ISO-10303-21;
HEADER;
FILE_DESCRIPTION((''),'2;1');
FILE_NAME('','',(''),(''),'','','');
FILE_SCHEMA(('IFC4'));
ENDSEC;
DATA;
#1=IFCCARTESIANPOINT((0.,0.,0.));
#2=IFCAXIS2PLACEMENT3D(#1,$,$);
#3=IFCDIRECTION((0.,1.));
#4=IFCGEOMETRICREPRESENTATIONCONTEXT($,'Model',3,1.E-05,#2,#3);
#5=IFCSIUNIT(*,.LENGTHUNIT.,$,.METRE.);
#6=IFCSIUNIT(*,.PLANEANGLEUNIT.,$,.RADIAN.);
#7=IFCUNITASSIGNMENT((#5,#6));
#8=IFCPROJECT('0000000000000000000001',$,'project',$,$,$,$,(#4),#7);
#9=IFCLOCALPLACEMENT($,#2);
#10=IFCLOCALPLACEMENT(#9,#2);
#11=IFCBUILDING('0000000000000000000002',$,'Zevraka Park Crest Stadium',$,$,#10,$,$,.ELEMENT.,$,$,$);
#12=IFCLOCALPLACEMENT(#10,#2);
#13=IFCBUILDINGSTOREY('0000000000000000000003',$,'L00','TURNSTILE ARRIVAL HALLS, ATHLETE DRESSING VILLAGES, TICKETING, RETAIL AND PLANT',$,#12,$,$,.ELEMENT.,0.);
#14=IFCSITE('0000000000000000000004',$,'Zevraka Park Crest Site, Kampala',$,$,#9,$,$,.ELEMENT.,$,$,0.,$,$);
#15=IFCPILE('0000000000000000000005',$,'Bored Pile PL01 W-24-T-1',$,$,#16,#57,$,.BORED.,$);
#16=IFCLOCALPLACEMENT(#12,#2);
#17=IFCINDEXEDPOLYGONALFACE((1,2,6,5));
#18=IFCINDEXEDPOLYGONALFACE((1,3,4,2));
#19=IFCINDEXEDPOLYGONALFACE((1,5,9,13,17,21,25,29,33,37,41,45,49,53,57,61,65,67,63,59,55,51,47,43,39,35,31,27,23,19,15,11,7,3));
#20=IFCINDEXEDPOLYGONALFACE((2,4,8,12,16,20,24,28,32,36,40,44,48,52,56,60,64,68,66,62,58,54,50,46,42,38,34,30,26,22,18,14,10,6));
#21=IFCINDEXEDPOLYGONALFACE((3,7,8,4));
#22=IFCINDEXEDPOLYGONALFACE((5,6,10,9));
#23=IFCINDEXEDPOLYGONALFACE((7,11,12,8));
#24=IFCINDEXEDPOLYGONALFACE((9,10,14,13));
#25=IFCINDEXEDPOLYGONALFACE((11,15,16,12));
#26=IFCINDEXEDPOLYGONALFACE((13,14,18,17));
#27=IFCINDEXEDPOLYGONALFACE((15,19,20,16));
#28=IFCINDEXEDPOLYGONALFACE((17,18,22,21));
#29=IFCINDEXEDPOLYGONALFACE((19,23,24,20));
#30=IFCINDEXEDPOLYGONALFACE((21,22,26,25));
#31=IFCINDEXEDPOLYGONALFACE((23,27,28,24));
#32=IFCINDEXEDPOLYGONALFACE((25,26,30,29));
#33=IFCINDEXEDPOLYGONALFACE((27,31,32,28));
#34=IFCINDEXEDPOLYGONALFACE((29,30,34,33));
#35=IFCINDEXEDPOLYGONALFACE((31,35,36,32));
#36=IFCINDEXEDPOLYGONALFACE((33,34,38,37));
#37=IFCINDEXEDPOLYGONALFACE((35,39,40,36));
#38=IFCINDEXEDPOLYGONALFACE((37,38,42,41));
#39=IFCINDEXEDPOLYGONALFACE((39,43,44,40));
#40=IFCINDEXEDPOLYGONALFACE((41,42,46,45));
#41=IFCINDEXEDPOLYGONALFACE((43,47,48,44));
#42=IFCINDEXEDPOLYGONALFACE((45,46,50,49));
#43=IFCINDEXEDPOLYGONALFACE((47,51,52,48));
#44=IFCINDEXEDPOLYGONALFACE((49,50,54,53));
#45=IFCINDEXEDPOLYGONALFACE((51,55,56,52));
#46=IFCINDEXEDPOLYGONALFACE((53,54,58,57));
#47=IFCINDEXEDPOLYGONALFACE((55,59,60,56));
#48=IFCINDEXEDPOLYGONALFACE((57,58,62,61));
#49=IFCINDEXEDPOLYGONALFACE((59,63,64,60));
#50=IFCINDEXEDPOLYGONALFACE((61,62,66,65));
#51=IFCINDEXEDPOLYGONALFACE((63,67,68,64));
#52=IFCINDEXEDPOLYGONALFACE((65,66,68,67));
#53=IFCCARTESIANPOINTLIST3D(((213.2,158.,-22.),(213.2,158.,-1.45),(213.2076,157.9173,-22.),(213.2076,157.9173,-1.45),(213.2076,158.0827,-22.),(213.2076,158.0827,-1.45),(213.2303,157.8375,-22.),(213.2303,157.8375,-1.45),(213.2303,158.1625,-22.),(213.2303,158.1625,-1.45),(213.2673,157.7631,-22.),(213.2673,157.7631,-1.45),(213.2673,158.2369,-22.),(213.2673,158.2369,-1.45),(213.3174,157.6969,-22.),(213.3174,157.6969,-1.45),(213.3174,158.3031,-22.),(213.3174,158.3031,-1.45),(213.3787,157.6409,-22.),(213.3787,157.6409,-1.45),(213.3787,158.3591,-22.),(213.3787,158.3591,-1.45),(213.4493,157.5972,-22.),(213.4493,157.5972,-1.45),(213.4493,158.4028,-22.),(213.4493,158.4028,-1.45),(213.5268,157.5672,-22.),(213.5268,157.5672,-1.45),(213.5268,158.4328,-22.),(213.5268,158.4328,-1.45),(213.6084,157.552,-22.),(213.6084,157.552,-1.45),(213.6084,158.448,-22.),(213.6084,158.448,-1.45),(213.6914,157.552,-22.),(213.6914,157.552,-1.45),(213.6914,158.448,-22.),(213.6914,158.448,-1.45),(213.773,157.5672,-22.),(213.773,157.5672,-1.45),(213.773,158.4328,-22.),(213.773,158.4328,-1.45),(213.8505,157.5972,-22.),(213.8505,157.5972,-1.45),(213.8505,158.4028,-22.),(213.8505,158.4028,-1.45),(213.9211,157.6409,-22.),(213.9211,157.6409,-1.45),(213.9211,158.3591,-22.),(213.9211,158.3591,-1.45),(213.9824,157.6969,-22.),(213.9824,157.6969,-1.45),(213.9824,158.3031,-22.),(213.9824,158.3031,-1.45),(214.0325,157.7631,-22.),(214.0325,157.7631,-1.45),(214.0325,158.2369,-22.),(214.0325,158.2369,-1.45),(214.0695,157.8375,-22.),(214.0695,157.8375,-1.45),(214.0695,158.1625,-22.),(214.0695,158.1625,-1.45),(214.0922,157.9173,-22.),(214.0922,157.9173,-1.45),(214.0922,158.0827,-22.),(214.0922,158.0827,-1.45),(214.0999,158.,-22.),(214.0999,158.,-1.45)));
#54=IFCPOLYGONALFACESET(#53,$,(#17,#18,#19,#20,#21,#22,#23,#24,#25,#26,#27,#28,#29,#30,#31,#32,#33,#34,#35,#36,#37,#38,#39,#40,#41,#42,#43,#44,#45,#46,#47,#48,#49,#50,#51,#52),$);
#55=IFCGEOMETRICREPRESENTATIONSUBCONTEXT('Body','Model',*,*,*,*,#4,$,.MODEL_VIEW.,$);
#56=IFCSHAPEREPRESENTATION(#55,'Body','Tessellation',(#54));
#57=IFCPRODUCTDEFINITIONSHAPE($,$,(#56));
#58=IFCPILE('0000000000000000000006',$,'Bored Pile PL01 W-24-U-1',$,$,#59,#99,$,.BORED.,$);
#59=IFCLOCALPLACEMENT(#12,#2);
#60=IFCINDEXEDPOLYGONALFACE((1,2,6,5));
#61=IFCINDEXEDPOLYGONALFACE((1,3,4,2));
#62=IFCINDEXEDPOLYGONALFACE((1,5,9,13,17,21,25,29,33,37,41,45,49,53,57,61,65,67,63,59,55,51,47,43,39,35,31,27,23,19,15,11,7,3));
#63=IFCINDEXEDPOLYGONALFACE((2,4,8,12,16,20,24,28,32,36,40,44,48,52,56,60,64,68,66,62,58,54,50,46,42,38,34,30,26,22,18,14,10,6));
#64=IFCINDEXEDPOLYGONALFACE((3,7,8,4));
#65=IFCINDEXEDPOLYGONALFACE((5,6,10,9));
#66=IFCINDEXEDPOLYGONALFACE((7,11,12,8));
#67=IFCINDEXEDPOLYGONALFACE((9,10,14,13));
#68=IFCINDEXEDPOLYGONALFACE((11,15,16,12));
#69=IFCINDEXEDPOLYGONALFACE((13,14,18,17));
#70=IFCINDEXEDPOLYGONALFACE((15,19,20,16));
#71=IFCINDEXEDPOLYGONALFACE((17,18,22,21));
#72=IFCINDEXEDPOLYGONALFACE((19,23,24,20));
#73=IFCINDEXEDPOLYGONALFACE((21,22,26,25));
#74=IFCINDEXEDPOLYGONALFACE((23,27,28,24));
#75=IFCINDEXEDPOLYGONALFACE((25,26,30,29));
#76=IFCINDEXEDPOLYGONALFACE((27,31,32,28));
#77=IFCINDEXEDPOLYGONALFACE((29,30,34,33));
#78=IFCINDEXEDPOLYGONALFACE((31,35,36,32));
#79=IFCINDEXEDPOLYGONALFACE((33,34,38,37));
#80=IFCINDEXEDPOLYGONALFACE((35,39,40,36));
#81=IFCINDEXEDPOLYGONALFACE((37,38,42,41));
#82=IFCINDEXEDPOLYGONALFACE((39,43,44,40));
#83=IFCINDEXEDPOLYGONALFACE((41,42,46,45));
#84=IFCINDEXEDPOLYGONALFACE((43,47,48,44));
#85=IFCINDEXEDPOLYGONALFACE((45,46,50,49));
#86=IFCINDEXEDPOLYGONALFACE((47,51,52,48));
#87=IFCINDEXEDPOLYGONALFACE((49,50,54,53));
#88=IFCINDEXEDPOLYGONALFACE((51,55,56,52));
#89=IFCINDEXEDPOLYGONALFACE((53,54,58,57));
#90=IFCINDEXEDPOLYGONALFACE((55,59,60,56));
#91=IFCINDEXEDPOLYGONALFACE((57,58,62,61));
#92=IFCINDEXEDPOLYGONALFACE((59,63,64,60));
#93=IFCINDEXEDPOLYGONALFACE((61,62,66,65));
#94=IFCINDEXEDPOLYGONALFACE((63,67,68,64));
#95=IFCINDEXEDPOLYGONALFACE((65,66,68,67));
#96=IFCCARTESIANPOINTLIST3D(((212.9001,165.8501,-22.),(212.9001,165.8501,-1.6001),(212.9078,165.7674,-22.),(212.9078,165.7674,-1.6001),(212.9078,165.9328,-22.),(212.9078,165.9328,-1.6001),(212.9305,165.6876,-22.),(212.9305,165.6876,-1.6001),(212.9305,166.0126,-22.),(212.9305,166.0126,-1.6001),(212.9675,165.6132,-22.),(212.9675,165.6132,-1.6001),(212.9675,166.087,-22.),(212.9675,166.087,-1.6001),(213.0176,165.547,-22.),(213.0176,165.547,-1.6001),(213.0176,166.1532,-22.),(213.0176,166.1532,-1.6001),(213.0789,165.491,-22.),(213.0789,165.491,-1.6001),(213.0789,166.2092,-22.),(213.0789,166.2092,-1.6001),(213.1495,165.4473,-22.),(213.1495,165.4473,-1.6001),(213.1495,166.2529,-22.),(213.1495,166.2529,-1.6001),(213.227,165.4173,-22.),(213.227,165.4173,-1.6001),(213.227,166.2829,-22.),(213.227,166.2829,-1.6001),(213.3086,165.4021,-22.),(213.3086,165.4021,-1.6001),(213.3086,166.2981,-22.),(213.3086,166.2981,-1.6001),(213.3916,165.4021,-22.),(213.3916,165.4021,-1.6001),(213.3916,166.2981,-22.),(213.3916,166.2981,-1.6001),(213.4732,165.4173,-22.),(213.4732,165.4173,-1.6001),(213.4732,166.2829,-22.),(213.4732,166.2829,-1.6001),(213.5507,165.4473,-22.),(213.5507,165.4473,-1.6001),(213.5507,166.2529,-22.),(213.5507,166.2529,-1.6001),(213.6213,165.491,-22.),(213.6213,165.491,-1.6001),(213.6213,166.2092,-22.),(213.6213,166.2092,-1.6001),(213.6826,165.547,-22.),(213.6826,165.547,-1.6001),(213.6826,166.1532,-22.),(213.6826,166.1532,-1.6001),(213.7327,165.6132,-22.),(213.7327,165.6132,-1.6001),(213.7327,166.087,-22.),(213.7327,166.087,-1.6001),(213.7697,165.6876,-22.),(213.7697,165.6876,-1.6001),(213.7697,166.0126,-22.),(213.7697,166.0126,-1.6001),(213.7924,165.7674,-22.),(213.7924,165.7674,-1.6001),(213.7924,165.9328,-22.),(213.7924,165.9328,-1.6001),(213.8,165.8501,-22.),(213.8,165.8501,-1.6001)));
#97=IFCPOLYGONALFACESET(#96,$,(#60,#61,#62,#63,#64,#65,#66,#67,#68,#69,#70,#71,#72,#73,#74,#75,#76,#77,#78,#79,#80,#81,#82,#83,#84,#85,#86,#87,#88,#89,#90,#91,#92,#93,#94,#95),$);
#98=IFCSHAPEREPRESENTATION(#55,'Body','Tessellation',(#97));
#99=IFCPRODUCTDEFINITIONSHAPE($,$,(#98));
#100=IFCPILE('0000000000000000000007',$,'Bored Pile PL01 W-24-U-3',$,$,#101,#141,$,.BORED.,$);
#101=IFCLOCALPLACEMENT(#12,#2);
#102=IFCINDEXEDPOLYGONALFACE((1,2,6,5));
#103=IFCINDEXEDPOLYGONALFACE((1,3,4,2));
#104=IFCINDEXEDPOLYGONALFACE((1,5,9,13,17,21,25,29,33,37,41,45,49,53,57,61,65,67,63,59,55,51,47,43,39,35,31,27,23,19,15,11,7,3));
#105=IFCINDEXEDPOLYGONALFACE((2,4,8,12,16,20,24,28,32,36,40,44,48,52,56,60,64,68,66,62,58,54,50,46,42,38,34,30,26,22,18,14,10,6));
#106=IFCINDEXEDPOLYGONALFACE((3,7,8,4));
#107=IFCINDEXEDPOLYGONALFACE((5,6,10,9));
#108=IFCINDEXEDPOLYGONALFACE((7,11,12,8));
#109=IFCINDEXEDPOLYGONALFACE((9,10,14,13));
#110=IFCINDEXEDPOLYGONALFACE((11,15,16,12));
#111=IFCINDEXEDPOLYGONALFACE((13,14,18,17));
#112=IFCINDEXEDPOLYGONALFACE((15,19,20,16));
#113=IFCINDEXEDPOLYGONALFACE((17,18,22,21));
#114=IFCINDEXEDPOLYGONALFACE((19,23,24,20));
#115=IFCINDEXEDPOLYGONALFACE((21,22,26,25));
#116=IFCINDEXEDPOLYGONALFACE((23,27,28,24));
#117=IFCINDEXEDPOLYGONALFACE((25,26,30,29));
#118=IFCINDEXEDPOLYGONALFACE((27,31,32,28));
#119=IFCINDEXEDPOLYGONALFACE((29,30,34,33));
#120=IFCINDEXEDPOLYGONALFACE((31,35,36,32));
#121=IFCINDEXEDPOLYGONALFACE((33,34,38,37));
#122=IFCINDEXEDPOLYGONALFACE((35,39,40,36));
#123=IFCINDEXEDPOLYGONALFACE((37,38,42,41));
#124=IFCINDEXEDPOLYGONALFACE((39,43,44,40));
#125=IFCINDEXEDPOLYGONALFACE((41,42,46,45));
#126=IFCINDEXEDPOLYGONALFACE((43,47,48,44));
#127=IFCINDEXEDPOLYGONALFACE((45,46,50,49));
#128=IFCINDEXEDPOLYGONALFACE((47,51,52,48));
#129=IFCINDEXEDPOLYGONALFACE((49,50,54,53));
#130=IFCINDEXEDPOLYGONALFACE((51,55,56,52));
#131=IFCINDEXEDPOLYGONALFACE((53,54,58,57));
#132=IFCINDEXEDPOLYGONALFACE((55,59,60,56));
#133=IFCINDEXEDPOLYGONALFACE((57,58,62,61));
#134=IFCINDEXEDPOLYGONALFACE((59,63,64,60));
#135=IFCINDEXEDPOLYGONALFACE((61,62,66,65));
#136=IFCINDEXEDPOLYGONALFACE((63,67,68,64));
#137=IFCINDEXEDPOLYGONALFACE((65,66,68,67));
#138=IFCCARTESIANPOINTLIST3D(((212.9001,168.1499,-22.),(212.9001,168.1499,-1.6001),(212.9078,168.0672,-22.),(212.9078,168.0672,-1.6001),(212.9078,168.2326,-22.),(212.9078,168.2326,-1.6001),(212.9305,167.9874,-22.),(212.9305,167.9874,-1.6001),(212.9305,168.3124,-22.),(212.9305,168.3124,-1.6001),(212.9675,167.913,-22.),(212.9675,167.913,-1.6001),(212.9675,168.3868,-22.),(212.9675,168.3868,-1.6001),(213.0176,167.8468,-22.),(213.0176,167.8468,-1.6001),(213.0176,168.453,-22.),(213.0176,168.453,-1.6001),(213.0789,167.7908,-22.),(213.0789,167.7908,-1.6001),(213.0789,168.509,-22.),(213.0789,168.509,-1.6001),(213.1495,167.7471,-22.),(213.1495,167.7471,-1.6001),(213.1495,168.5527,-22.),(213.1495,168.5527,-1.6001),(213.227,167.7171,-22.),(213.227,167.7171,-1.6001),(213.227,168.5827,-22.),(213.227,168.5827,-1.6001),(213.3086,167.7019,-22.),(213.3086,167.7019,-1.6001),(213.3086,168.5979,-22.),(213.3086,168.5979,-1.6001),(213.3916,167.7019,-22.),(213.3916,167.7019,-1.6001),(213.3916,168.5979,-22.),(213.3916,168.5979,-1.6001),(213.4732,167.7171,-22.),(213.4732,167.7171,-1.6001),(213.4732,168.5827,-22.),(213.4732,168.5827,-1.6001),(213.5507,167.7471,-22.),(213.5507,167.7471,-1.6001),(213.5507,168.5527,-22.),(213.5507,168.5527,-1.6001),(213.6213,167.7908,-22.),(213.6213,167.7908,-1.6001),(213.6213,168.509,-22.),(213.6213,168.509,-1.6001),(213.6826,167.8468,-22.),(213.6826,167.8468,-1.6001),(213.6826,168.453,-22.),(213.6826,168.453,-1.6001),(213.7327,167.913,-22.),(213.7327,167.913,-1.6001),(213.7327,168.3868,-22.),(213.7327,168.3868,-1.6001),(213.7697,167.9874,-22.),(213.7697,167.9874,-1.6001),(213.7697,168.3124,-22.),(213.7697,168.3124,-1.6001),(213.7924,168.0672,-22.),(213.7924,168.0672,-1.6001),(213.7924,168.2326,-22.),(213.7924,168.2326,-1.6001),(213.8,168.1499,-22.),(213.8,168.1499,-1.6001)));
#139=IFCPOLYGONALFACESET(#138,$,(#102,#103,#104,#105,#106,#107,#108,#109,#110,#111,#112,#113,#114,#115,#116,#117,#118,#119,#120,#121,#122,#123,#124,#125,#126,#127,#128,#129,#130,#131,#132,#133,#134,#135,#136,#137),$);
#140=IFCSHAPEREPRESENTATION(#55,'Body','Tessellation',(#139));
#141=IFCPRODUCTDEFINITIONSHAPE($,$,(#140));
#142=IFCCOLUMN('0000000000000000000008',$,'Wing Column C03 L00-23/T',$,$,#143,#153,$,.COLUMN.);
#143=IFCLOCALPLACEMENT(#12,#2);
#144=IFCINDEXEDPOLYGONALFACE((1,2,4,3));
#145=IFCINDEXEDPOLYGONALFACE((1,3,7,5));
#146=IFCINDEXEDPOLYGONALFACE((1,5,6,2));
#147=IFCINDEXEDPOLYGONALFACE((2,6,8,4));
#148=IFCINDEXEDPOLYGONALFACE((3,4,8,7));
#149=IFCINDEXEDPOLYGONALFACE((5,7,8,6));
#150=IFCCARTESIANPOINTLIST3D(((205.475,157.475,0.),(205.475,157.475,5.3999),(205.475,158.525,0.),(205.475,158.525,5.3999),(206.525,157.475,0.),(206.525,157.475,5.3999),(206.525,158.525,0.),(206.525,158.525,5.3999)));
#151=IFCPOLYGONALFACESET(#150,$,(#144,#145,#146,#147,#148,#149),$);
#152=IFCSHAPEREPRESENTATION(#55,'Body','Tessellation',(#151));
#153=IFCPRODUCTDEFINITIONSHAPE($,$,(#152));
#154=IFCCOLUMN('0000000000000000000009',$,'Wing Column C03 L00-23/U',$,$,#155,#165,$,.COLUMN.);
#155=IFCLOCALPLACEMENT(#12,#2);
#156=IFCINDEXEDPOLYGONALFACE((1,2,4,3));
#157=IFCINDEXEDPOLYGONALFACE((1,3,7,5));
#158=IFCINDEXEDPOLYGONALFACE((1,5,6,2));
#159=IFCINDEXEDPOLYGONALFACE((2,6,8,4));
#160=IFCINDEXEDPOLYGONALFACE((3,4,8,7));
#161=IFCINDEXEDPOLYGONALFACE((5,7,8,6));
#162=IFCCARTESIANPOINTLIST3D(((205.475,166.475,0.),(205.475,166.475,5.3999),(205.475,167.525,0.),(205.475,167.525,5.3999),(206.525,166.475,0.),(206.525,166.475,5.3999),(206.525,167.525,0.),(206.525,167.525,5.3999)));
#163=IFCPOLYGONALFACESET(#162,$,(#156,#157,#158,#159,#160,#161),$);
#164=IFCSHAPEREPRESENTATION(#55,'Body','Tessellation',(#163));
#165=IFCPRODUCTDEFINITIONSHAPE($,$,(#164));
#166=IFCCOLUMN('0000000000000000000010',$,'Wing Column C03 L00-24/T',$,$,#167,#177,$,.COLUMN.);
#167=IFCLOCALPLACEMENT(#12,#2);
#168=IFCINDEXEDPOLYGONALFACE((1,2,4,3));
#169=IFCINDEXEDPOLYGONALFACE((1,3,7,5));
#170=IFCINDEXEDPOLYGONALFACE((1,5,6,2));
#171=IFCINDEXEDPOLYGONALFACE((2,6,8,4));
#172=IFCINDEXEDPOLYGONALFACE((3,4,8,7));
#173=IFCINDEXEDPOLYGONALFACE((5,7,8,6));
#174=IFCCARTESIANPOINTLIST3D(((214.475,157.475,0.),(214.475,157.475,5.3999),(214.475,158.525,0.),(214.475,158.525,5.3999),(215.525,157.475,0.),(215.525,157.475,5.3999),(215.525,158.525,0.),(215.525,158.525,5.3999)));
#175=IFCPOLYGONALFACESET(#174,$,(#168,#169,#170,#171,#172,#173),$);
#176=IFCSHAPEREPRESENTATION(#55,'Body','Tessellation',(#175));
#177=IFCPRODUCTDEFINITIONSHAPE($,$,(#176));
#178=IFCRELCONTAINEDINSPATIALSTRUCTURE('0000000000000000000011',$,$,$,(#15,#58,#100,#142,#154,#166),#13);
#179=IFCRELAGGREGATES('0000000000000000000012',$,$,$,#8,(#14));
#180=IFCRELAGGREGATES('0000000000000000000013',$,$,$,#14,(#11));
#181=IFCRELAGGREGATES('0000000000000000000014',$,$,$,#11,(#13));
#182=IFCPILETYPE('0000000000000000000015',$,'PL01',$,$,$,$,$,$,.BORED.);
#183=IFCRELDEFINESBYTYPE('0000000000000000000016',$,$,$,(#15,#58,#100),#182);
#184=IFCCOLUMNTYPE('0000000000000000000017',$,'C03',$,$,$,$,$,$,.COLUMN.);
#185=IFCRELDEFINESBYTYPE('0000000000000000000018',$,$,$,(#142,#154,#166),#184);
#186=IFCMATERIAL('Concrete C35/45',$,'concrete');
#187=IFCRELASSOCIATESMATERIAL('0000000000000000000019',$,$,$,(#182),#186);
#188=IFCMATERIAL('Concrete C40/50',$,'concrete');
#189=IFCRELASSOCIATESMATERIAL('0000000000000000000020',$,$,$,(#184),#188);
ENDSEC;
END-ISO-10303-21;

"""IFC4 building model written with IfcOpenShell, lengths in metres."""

from ifc_helpers import new_model, si_unit, direction, frame, origin, origin_2d, place, context, subcontext, project, spatial, rectangle, circle, extrude, material, material_profile, profile_set, type_object, element, save


model = new_model("IFC4")

# Units and contexts
model_context = context("Model", 3, precision=1e-05, world=origin(), true_north=direction((0.0, 1.0)))
body_context = subcontext(model_context, "Body", "Model", "MODEL_VIEW")
ifc_project = project(units=[si_unit("LENGTHUNIT", "METRE"), si_unit("PLANEANGLEUNIT", "RADIAN")], contexts=[model_context])

# Site, building, storey
site_placement = place(None, origin())
site = spatial("IfcSite", under=ifc_project, at=site_placement, Name="Zevraka Park Crest Site, Kampala", CompositionType="ELEMENT", RefElevation=0.0)
building_placement = place(site_placement, origin())
building = spatial("IfcBuilding", under=site, at=building_placement, Name="Zevraka Park Crest Stadium", CompositionType="ELEMENT")
storey_placement = place(building_placement, origin())
storey = spatial("IfcBuildingStorey", under=building, at=storey_placement, Name="L00", Description="TURNSTILE ARRIVAL HALLS, ATHLETE DRESSING VILLAGES, TICKETING, RETAIL AND PLANT", CompositionType="ELEMENT", Elevation=0.0)

# Piles
ifc_material_1 = material(Name="Concrete C35/45", Category="concrete")
ifc_material_profile_1 = material_profile(ifc_material_1, circle(Radius=0.45, at=origin_2d()), Name="PILE D900")
ifc_profile_set_1 = profile_set([ifc_material_profile_1], Name="Concrete C35/45")
pile_type = type_object("IfcPileType", Name="PL01", PredefinedType="BORED", material=ifc_profile_set_1)
for number, where, z_axis, x_axis, name in (
    (1, (213.6499, 158.0, -1.45), (0.0, 0.0, -1.0), (1.0, 0.0, 0.0), "Bored Pile PL01 W-24-T-1"),
):
    element("IfcPile", number, at=place(storey_placement, frame(where, z_axis=z_axis, x_axis=x_axis)), inside=storey, type_object=pile_type, Name=name, PredefinedType="BORED", context=body_context, shape_type="SweptSolid", body=[
        extrude(circle(Radius=0.45, at=origin_2d()), origin(), (0.0, 0.0, 1.0), 20.55),
    ])
for number, where, z_axis, x_axis, name in (
    (2, (213.3501, 165.8501, -1.6001), (0.0, 0.0, -1.0), (1.0, 0.0, 0.0), "Bored Pile PL01 W-24-U-1"),
    (3, (213.3501, 168.1499, -1.6001), (0.0, 0.0, -1.0), (1.0, 0.0, 0.0), "Bored Pile PL01 W-24-U-3"),
):
    element("IfcPile", number, at=place(storey_placement, frame(where, z_axis=z_axis, x_axis=x_axis)), inside=storey, type_object=pile_type, Name=name, PredefinedType="BORED", context=body_context, shape_type="SweptSolid", body=[
        extrude(circle(Radius=0.45, at=origin_2d()), origin(), (0.0, 0.0, 1.0), 20.3999),
    ])

# Columns
ifc_material_2 = material(Name="Concrete C40/50", Category="concrete")
ifc_material_profile_2 = material_profile(ifc_material_2, rectangle(XDim=1.05, YDim=1.05, at=origin_2d()), Name="RC 1050x1050")
ifc_profile_set_2 = profile_set([ifc_material_profile_2], Name="Concrete C40/50")
column_type = type_object("IfcColumnType", Name="C03", PredefinedType="COLUMN", material=ifc_profile_set_2)
for number, where, z_axis, x_axis, name in (
    (4, (206.0, 158.0, 0.0), (0.0, 0.0, 1.0), (1.0, 0.0, 0.0), "Wing Column C03 L00-23/T"),
    (5, (206.0, 167.0, 0.0), (0.0, 0.0, 1.0), (1.0, 0.0, 0.0), "Wing Column C03 L00-23/U"),
    (6, (215.0, 158.0, 0.0), (0.0, 0.0, 1.0), (1.0, 0.0, 0.0), "Wing Column C03 L00-24/T"),
):
    element("IfcColumn", number, at=place(storey_placement, frame(where, z_axis=z_axis, x_axis=x_axis)), inside=storey, type_object=column_type, Name=name, PredefinedType="COLUMN", context=body_context, shape_type="SweptSolid", body=[
        extrude(rectangle(XDim=1.05, YDim=1.05, at=origin_2d()), origin(), (0.0, 0.0, 1.0), 5.3999),
    ])

save(model, "model.ifc")
